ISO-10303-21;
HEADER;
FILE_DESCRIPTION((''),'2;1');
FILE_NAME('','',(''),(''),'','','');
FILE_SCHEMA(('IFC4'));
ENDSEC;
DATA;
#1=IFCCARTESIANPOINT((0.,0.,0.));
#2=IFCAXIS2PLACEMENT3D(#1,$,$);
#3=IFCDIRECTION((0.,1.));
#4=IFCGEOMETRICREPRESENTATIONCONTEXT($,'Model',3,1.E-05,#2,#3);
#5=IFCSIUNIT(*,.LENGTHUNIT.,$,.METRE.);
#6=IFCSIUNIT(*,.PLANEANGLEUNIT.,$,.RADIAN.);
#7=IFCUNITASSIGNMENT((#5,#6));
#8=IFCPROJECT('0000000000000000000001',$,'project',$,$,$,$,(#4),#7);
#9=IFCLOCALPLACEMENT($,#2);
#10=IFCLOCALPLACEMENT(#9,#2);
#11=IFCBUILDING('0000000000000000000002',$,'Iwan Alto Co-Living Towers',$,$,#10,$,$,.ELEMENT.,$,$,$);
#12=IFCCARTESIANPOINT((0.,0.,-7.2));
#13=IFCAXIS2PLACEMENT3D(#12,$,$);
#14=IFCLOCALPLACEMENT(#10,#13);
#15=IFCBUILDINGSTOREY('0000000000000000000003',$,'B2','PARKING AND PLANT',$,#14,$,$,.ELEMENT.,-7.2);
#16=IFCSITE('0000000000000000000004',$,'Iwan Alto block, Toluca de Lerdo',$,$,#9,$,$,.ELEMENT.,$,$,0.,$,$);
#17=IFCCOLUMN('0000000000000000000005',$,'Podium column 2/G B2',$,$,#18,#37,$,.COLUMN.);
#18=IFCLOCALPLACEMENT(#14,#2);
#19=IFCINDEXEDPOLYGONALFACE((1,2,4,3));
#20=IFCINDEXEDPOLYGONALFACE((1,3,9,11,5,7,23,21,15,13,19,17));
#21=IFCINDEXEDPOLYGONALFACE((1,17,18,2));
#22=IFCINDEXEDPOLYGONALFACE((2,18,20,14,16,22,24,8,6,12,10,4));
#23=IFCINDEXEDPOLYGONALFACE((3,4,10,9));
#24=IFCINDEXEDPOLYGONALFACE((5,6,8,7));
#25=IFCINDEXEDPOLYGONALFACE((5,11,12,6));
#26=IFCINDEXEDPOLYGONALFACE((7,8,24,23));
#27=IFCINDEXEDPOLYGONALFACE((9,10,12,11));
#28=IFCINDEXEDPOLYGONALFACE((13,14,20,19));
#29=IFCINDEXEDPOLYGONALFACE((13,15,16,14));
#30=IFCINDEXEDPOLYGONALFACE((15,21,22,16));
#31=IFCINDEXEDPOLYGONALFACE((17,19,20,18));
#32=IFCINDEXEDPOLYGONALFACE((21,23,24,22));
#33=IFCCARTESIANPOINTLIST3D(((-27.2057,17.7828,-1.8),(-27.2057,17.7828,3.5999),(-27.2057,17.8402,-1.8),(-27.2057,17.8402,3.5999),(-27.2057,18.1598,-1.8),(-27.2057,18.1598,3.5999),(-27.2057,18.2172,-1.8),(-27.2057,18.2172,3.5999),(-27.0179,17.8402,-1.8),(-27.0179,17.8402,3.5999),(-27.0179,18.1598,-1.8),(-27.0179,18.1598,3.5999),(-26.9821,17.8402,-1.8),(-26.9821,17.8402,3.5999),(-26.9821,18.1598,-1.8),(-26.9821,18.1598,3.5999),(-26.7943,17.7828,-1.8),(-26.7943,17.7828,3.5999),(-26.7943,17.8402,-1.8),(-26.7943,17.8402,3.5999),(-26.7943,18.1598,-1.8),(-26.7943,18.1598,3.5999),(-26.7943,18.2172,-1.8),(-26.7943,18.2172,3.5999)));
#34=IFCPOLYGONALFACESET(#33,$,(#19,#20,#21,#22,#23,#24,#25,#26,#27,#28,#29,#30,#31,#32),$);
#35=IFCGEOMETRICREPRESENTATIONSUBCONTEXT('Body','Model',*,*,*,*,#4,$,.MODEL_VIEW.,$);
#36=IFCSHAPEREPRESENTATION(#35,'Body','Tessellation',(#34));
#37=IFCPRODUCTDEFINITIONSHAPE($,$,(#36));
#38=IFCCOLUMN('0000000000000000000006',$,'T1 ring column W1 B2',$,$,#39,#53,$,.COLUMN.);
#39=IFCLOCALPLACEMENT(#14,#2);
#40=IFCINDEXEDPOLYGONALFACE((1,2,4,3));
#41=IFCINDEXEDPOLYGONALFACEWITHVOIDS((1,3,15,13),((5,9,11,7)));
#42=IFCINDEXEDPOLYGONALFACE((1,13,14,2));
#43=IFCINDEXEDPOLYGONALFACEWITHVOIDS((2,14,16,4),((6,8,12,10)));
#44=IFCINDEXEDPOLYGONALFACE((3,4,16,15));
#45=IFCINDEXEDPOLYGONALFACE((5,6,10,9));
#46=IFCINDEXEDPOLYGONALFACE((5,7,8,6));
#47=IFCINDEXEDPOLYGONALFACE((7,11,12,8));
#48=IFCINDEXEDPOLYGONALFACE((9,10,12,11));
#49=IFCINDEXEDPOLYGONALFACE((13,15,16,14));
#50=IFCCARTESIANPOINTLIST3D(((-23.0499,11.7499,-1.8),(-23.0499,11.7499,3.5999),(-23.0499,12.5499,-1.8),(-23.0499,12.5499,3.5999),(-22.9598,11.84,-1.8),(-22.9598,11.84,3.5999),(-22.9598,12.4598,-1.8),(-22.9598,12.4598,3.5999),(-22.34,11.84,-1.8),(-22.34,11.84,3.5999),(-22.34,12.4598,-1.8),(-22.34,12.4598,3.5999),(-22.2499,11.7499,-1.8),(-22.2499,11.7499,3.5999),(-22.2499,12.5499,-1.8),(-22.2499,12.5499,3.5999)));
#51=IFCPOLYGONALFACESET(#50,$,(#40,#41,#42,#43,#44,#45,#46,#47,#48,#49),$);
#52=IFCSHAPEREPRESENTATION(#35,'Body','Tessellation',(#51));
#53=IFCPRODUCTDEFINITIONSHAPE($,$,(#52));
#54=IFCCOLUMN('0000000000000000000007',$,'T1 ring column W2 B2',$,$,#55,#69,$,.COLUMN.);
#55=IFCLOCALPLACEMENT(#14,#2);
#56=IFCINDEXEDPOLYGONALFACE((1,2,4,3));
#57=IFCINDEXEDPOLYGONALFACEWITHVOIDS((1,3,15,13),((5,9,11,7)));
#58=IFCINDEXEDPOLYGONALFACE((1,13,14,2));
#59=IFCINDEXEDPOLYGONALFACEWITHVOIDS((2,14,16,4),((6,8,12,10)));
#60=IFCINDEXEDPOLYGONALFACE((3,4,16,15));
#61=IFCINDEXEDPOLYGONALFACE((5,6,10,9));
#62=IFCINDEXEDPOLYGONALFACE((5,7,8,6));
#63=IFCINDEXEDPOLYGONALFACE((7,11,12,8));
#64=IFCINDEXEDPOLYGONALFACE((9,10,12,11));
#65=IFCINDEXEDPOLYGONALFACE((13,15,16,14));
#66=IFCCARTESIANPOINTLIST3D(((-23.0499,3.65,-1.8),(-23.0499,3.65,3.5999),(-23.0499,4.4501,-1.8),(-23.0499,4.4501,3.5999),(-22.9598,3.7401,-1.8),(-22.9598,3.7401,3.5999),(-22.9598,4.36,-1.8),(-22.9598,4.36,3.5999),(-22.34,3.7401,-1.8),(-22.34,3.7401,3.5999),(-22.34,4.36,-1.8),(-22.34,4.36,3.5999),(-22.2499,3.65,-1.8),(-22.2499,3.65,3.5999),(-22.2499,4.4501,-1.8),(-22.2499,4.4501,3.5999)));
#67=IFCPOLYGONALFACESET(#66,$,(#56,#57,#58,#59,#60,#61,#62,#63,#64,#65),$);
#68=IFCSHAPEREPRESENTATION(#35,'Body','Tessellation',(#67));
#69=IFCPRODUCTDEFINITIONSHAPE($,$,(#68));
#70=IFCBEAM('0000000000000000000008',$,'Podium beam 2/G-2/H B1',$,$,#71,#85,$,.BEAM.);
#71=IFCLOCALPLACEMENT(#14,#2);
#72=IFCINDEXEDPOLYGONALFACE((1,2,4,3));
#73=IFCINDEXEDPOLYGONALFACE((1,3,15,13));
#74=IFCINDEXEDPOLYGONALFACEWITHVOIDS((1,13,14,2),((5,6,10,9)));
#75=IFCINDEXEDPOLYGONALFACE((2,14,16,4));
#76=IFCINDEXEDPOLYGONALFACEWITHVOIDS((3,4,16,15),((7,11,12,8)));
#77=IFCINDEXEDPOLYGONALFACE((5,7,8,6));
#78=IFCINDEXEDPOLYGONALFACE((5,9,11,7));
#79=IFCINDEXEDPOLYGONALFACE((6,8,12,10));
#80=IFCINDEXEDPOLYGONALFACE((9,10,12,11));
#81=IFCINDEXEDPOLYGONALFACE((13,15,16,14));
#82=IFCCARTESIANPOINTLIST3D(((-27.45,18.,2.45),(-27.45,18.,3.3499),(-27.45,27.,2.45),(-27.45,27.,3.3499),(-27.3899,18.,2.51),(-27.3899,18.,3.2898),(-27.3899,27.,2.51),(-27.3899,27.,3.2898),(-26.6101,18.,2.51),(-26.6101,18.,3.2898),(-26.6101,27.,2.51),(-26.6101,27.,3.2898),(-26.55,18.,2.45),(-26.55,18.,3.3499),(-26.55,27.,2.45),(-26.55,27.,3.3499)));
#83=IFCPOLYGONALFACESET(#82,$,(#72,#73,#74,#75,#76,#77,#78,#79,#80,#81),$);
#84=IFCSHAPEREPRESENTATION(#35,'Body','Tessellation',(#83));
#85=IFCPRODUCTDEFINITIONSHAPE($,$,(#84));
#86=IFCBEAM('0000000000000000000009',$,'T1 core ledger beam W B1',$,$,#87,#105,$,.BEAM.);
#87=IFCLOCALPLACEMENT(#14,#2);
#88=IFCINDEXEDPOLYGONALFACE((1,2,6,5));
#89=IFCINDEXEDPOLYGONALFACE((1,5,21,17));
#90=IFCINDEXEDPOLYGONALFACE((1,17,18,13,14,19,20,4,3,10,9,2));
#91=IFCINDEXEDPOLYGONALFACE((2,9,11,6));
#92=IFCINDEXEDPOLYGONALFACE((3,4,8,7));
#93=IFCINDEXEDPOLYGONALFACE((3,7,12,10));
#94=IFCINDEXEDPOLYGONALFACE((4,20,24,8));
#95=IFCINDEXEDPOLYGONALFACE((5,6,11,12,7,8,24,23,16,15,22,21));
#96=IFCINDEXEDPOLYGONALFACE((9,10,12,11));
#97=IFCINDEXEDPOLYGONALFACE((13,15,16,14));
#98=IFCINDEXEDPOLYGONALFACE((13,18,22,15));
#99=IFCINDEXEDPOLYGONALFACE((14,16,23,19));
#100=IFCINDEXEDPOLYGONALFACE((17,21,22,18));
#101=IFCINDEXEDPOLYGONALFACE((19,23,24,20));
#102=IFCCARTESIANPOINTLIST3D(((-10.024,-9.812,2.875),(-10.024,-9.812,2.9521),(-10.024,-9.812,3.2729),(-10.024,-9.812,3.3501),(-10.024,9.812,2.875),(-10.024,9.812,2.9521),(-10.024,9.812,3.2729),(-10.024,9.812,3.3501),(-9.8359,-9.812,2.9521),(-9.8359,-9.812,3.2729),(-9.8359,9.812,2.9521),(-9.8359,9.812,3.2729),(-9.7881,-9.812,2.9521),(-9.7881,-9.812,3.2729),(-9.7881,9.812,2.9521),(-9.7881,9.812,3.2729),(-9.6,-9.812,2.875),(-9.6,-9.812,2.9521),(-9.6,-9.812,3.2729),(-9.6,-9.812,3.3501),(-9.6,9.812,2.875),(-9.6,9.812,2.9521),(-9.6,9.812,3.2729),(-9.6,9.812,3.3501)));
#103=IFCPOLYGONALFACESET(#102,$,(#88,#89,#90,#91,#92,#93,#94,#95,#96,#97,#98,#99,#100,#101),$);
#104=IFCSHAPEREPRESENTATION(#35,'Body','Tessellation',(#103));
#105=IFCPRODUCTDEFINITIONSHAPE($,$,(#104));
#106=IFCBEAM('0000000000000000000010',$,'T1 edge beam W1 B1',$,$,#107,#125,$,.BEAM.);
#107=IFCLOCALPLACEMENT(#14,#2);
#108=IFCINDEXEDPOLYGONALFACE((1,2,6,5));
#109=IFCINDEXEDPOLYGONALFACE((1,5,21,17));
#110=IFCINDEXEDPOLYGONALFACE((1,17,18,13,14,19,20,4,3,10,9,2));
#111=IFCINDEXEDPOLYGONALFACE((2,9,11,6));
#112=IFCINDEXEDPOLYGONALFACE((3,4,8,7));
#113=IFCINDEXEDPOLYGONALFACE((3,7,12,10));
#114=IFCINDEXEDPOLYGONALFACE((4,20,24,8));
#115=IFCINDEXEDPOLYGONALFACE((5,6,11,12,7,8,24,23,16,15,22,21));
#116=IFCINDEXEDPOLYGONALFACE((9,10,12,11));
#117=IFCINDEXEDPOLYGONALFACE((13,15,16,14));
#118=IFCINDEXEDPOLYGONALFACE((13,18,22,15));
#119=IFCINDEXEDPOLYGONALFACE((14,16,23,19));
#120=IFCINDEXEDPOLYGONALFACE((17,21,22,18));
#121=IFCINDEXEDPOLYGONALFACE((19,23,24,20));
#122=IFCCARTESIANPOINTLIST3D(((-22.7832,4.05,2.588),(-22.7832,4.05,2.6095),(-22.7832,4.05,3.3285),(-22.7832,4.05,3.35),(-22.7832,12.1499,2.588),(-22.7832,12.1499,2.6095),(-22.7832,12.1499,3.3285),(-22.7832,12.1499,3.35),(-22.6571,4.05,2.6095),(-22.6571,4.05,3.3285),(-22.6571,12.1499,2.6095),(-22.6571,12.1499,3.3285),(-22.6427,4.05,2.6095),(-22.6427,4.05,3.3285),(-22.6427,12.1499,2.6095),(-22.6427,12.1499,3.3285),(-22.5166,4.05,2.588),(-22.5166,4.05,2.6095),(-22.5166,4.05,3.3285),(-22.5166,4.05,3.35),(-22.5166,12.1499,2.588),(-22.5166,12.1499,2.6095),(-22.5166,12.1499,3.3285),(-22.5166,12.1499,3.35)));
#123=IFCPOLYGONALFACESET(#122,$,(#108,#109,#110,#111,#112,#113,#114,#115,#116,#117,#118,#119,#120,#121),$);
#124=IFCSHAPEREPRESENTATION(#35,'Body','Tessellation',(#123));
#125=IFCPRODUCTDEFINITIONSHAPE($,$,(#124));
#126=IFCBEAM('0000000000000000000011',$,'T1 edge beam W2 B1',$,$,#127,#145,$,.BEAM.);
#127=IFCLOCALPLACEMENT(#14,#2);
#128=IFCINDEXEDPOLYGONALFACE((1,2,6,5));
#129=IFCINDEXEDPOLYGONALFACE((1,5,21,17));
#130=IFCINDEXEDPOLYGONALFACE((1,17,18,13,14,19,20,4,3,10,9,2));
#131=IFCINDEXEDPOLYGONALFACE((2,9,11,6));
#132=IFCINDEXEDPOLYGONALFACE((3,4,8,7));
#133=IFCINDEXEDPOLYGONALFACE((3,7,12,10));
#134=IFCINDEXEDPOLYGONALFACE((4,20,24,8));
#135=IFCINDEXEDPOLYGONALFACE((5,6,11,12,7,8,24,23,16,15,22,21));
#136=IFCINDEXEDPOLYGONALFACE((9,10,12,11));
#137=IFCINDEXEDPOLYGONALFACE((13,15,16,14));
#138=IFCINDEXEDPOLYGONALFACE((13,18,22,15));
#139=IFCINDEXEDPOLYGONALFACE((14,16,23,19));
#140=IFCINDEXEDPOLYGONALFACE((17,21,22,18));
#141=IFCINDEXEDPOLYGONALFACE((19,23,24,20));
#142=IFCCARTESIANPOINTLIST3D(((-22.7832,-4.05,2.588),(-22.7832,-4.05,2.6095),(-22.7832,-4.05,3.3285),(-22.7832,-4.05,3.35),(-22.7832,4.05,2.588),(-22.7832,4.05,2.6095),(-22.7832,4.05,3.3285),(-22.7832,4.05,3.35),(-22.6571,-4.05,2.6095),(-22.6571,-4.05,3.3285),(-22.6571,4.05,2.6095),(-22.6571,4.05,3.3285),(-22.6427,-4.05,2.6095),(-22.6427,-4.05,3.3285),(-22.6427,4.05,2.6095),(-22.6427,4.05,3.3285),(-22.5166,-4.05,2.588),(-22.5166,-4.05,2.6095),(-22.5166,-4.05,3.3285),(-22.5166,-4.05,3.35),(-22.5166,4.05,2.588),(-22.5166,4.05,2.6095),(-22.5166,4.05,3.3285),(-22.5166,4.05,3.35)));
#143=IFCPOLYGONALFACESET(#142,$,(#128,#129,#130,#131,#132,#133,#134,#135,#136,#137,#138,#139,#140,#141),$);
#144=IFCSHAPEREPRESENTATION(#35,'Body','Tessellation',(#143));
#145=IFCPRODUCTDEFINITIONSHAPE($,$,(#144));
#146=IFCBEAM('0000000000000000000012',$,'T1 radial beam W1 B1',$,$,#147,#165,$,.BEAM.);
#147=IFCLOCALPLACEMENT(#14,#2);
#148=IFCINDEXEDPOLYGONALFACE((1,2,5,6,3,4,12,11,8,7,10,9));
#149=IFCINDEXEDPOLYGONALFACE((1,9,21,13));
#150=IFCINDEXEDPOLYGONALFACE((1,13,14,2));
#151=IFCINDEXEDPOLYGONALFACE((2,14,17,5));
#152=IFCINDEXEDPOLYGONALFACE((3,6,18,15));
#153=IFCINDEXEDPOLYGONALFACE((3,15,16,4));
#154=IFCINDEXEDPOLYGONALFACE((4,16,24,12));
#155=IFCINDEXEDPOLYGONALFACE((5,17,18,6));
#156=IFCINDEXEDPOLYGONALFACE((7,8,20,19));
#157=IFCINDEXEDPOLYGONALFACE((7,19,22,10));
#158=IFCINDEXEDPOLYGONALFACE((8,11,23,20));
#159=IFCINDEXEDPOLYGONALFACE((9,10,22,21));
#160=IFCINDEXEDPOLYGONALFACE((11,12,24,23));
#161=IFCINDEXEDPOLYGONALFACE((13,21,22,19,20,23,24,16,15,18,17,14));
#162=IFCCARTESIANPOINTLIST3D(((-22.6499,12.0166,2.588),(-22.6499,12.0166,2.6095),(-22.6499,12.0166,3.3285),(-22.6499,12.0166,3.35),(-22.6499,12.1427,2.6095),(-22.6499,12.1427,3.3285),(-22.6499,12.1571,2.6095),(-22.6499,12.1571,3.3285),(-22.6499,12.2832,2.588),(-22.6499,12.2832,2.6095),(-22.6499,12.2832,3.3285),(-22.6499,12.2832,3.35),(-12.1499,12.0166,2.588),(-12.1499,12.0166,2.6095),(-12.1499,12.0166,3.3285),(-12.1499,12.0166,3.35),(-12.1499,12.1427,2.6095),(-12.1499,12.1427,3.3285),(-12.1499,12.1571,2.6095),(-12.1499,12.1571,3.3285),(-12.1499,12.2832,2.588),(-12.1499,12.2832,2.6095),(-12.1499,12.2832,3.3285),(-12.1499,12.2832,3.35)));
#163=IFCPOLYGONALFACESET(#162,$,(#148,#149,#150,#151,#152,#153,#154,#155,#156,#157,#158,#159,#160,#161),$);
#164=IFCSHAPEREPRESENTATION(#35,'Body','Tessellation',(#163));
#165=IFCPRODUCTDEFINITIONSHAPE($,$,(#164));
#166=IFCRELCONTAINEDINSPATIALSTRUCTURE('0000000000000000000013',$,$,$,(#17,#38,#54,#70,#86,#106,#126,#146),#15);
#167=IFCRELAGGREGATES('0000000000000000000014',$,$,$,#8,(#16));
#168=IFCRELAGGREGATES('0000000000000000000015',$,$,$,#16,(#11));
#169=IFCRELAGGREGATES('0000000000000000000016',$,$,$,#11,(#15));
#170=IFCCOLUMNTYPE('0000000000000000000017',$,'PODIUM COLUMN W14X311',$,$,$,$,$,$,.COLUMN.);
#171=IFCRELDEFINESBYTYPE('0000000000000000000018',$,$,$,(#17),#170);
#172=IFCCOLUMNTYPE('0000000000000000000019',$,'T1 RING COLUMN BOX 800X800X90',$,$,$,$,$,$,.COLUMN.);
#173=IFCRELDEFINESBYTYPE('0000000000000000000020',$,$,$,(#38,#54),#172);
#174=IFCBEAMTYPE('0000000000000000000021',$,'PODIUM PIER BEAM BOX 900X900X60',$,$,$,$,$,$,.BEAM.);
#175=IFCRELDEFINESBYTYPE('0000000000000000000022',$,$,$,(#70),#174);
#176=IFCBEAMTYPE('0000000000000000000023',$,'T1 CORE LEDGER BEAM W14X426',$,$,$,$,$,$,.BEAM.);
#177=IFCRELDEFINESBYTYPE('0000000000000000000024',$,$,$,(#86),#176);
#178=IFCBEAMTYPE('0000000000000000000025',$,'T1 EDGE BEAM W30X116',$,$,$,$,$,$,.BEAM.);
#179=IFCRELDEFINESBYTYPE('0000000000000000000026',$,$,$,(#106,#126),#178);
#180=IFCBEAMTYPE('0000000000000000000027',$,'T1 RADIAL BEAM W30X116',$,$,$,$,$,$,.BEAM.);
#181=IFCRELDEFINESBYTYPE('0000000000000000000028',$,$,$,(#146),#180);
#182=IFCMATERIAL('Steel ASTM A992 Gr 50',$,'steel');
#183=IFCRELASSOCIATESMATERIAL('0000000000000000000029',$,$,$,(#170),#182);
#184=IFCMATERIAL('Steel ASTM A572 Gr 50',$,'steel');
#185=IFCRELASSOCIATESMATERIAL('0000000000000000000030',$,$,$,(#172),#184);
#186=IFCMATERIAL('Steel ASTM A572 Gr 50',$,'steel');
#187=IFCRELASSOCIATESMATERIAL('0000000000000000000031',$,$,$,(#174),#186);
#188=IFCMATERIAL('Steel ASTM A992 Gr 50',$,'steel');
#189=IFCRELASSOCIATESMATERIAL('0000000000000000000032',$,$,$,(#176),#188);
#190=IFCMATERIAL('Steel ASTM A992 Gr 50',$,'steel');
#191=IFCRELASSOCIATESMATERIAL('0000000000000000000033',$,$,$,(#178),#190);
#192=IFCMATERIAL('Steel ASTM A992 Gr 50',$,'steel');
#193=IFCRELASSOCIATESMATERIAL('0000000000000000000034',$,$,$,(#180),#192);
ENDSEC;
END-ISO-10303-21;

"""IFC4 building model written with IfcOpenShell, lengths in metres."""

from ifc_helpers import new_model, si_unit, direction, frame, origin, origin_2d, place, context, subcontext, project, spatial, hollow_rectangle, i_section, extrude, material, material_profile, profile_set, type_object, element, save


model = new_model("IFC4")

# Units and contexts
model_context = context("Model", 3, precision=1e-05, world=origin(), true_north=direction((0.0, 1.0)))
body_context = subcontext(model_context, "Body", "Model", "MODEL_VIEW")
ifc_project = project(units=[si_unit("LENGTHUNIT", "METRE"), si_unit("PLANEANGLEUNIT", "RADIAN")], contexts=[model_context])

# Site, building, storey
site_placement = place(None, origin())
site = spatial("IfcSite", under=ifc_project, at=site_placement, Name="Iwan Alto block, Toluca de Lerdo", CompositionType="ELEMENT", RefElevation=0.0)
building_placement = place(site_placement, origin())
building = spatial("IfcBuilding", under=site, at=building_placement, Name="Iwan Alto Co-Living Towers", CompositionType="ELEMENT")
storey_placement = place(building_placement, frame((0.0, 0.0, -7.2)))
storey = spatial("IfcBuildingStorey", under=building, at=storey_placement, Name="B2", Description="PARKING AND PLANT", CompositionType="ELEMENT", Elevation=-7.2)

# Columns
ifc_material_1 = material(Name="Steel ASTM A992 Gr 50", Category="steel")
ifc_material_profile_1 = material_profile(ifc_material_1, i_section(OverallWidth=0.4114, OverallDepth=0.4343, WebThickness=0.0359, FlangeThickness=0.0574, at=origin_2d()), Name="W14X311")
ifc_profile_set_1 = profile_set([ifc_material_profile_1], Name="Steel ASTM A992 Gr 50")
column_type_1 = type_object("IfcColumnType", Name="PODIUM COLUMN W14X311", PredefinedType="COLUMN", material=ifc_profile_set_1)
column_placement = place(storey_placement, frame((-27.0, 18.0, -1.8), z_axis=(0.0, 0.0, 1.0), x_axis=(1.0, 0.0, 0.0)))
element("IfcColumn", 1, at=column_placement, inside=storey, type_object=column_type_1, Name="Podium column 2/G B2", PredefinedType="COLUMN", context=body_context, shape_type="SweptSolid", body=[
    extrude(i_section(OverallWidth=0.4114, OverallDepth=0.4343, WebThickness=0.0359, FlangeThickness=0.0574, at=origin_2d()), origin(), (0.0, 0.0, 1.0), 5.3999),
])
ifc_material_2 = material(Name="Steel ASTM A572 Gr 50", Category="steel")
ifc_material_profile_2 = material_profile(ifc_material_2, hollow_rectangle(XDim=0.8, YDim=0.8, WallThickness=0.0901, at=origin_2d()), Name="BOX 800X800X90")
ifc_profile_set_2 = profile_set([ifc_material_profile_2], Name="Steel ASTM A572 Gr 50")
column_type_2 = type_object("IfcColumnType", Name="T1 RING COLUMN BOX 800X800X90", PredefinedType="COLUMN", material=ifc_profile_set_2)
for number, where, z_axis, x_axis, name in (
    (2, (-22.6499, 12.1499, -1.8), (0.0, 0.0, 1.0), (1.0, 0.0, 0.0), "T1 ring column W1 B2"),
    (3, (-22.6499, 4.05, -1.8), (0.0, 0.0, 1.0), (1.0, 0.0, 0.0), "T1 ring column W2 B2"),
):
    element("IfcColumn", number, at=place(storey_placement, frame(where, z_axis=z_axis, x_axis=x_axis)), inside=storey, type_object=column_type_2, Name=name, PredefinedType="COLUMN", context=body_context, shape_type="SweptSolid", body=[
        extrude(hollow_rectangle(XDim=0.8, YDim=0.8, WallThickness=0.0901, at=origin_2d()), origin(), (0.0, 0.0, 1.0), 5.3999),
    ])

# Beams
ifc_material_3 = material(Name="Steel ASTM A572 Gr 50", Category="steel")
ifc_material_profile_3 = material_profile(ifc_material_3, hollow_rectangle(XDim=0.8999, YDim=0.8999, WallThickness=0.0601, at=origin_2d()), Name="BOX 900X900X60")
ifc_profile_set_3 = profile_set([ifc_material_profile_3], Name="Steel ASTM A572 Gr 50")
beam_type_1 = type_object("IfcBeamType", Name="PODIUM PIER BEAM BOX 900X900X60", PredefinedType="BEAM", material=ifc_profile_set_3)
beam_1_placement = place(storey_placement, frame((-27.0, 18.0, 2.8999), z_axis=(0.0, 1.0, 0.0), x_axis=(-1.0, 0.0, 0.0)))
element("IfcBeam", 4, at=beam_1_placement, inside=storey, type_object=beam_type_1, Name="Podium beam 2/G-2/H B1", PredefinedType="BEAM", context=body_context, shape_type="SweptSolid", body=[
    extrude(hollow_rectangle(XDim=0.8999, YDim=0.8999, WallThickness=0.0601, at=origin_2d()), origin(), (0.0, 0.0, 1.0), 9.0),
])
ifc_material_4 = material(Name="Steel ASTM A992 Gr 50", Category="steel")
ifc_material_profile_4 = material_profile(ifc_material_4, i_section(OverallWidth=0.4241, OverallDepth=0.4751, WebThickness=0.0479, FlangeThickness=0.0771, at=origin_2d()), Name="W14X426")
ifc_profile_set_4 = profile_set([ifc_material_profile_4], Name="Steel ASTM A992 Gr 50")
beam_type_2 = type_object("IfcBeamType", Name="T1 CORE LEDGER BEAM W14X426", PredefinedType="BEAM", material=ifc_profile_set_4)
beam_2_placement = place(storey_placement, frame((-9.812, 9.812, 3.1125), z_axis=(0.0, -1.0, 0.0), x_axis=(1.0, 0.0, 0.0)))
element("IfcBeam", 5, at=beam_2_placement, inside=storey, type_object=beam_type_2, Name="T1 core ledger beam W B1", PredefinedType="BEAM", context=body_context, shape_type="SweptSolid", body=[
    extrude(i_section(OverallWidth=0.4241, OverallDepth=0.4751, WebThickness=0.0479, FlangeThickness=0.0771, at=origin_2d()), origin(), (0.0, 0.0, 1.0), 19.624),
])
ifc_material_5 = material(Name="Steel ASTM A992 Gr 50", Category="steel")
ifc_material_profile_5 = material_profile(ifc_material_5, i_section(OverallWidth=0.2666, OverallDepth=0.762, WebThickness=0.0144, FlangeThickness=0.0215, at=origin_2d()), Name="W30X116")
ifc_profile_set_5 = profile_set([ifc_material_profile_5], Name="Steel ASTM A992 Gr 50")
beam_type_3 = type_object("IfcBeamType", Name="T1 EDGE BEAM W30X116", PredefinedType="BEAM", material=ifc_profile_set_5)
beam_3_placement = place(storey_placement, frame((-22.6499, 12.1499, 2.969), z_axis=(0.0, -1.0, 0.0), x_axis=(1.0, 0.0, 0.0)))
element("IfcBeam", 6, at=beam_3_placement, inside=storey, type_object=beam_type_3, Name="T1 edge beam W1 B1", PredefinedType="BEAM", context=body_context, shape_type="SweptSolid", body=[
    extrude(i_section(OverallWidth=0.2666, OverallDepth=0.762, WebThickness=0.0144, FlangeThickness=0.0215, at=origin_2d()), origin(), (0.0, 0.0, 1.0), 8.0999),
])
beam_4_placement = place(storey_placement, frame((-22.6499, 4.05, 2.969), z_axis=(0.0, -1.0, 0.0), x_axis=(1.0, 0.0, 0.0)))
element("IfcBeam", 7, at=beam_4_placement, inside=storey, type_object=beam_type_3, Name="T1 edge beam W2 B1", PredefinedType="BEAM", context=body_context, shape_type="SweptSolid", body=[
    extrude(i_section(OverallWidth=0.2666, OverallDepth=0.762, WebThickness=0.0144, FlangeThickness=0.0215, at=origin_2d()), origin(), (0.0, 0.0, 1.0), 8.1001),
])
ifc_material_6 = material(Name="Steel ASTM A992 Gr 50", Category="steel")
ifc_material_profile_6 = material_profile(ifc_material_6, i_section(OverallWidth=0.2666, OverallDepth=0.762, WebThickness=0.0144, FlangeThickness=0.0215, at=origin_2d()), Name="W30X116")
ifc_profile_set_6 = profile_set([ifc_material_profile_6], Name="Steel ASTM A992 Gr 50")
beam_type_4 = type_object("IfcBeamType", Name="T1 RADIAL BEAM W30X116", PredefinedType="BEAM", material=ifc_profile_set_6)
beam_5_placement = place(storey_placement, frame((-22.6499, 12.1499, 2.969), z_axis=(1.0, 0.0, 0.0), x_axis=(0.0, 1.0, 0.0)))
element("IfcBeam", 8, at=beam_5_placement, inside=storey, type_object=beam_type_4, Name="T1 radial beam W1 B1", PredefinedType="BEAM", context=body_context, shape_type="SweptSolid", body=[
    extrude(i_section(OverallWidth=0.2666, OverallDepth=0.762, WebThickness=0.0144, FlangeThickness=0.0215, at=origin_2d()), origin(), (0.0, 0.0, 1.0), 10.5),
])

save(model, "model.ifc")
